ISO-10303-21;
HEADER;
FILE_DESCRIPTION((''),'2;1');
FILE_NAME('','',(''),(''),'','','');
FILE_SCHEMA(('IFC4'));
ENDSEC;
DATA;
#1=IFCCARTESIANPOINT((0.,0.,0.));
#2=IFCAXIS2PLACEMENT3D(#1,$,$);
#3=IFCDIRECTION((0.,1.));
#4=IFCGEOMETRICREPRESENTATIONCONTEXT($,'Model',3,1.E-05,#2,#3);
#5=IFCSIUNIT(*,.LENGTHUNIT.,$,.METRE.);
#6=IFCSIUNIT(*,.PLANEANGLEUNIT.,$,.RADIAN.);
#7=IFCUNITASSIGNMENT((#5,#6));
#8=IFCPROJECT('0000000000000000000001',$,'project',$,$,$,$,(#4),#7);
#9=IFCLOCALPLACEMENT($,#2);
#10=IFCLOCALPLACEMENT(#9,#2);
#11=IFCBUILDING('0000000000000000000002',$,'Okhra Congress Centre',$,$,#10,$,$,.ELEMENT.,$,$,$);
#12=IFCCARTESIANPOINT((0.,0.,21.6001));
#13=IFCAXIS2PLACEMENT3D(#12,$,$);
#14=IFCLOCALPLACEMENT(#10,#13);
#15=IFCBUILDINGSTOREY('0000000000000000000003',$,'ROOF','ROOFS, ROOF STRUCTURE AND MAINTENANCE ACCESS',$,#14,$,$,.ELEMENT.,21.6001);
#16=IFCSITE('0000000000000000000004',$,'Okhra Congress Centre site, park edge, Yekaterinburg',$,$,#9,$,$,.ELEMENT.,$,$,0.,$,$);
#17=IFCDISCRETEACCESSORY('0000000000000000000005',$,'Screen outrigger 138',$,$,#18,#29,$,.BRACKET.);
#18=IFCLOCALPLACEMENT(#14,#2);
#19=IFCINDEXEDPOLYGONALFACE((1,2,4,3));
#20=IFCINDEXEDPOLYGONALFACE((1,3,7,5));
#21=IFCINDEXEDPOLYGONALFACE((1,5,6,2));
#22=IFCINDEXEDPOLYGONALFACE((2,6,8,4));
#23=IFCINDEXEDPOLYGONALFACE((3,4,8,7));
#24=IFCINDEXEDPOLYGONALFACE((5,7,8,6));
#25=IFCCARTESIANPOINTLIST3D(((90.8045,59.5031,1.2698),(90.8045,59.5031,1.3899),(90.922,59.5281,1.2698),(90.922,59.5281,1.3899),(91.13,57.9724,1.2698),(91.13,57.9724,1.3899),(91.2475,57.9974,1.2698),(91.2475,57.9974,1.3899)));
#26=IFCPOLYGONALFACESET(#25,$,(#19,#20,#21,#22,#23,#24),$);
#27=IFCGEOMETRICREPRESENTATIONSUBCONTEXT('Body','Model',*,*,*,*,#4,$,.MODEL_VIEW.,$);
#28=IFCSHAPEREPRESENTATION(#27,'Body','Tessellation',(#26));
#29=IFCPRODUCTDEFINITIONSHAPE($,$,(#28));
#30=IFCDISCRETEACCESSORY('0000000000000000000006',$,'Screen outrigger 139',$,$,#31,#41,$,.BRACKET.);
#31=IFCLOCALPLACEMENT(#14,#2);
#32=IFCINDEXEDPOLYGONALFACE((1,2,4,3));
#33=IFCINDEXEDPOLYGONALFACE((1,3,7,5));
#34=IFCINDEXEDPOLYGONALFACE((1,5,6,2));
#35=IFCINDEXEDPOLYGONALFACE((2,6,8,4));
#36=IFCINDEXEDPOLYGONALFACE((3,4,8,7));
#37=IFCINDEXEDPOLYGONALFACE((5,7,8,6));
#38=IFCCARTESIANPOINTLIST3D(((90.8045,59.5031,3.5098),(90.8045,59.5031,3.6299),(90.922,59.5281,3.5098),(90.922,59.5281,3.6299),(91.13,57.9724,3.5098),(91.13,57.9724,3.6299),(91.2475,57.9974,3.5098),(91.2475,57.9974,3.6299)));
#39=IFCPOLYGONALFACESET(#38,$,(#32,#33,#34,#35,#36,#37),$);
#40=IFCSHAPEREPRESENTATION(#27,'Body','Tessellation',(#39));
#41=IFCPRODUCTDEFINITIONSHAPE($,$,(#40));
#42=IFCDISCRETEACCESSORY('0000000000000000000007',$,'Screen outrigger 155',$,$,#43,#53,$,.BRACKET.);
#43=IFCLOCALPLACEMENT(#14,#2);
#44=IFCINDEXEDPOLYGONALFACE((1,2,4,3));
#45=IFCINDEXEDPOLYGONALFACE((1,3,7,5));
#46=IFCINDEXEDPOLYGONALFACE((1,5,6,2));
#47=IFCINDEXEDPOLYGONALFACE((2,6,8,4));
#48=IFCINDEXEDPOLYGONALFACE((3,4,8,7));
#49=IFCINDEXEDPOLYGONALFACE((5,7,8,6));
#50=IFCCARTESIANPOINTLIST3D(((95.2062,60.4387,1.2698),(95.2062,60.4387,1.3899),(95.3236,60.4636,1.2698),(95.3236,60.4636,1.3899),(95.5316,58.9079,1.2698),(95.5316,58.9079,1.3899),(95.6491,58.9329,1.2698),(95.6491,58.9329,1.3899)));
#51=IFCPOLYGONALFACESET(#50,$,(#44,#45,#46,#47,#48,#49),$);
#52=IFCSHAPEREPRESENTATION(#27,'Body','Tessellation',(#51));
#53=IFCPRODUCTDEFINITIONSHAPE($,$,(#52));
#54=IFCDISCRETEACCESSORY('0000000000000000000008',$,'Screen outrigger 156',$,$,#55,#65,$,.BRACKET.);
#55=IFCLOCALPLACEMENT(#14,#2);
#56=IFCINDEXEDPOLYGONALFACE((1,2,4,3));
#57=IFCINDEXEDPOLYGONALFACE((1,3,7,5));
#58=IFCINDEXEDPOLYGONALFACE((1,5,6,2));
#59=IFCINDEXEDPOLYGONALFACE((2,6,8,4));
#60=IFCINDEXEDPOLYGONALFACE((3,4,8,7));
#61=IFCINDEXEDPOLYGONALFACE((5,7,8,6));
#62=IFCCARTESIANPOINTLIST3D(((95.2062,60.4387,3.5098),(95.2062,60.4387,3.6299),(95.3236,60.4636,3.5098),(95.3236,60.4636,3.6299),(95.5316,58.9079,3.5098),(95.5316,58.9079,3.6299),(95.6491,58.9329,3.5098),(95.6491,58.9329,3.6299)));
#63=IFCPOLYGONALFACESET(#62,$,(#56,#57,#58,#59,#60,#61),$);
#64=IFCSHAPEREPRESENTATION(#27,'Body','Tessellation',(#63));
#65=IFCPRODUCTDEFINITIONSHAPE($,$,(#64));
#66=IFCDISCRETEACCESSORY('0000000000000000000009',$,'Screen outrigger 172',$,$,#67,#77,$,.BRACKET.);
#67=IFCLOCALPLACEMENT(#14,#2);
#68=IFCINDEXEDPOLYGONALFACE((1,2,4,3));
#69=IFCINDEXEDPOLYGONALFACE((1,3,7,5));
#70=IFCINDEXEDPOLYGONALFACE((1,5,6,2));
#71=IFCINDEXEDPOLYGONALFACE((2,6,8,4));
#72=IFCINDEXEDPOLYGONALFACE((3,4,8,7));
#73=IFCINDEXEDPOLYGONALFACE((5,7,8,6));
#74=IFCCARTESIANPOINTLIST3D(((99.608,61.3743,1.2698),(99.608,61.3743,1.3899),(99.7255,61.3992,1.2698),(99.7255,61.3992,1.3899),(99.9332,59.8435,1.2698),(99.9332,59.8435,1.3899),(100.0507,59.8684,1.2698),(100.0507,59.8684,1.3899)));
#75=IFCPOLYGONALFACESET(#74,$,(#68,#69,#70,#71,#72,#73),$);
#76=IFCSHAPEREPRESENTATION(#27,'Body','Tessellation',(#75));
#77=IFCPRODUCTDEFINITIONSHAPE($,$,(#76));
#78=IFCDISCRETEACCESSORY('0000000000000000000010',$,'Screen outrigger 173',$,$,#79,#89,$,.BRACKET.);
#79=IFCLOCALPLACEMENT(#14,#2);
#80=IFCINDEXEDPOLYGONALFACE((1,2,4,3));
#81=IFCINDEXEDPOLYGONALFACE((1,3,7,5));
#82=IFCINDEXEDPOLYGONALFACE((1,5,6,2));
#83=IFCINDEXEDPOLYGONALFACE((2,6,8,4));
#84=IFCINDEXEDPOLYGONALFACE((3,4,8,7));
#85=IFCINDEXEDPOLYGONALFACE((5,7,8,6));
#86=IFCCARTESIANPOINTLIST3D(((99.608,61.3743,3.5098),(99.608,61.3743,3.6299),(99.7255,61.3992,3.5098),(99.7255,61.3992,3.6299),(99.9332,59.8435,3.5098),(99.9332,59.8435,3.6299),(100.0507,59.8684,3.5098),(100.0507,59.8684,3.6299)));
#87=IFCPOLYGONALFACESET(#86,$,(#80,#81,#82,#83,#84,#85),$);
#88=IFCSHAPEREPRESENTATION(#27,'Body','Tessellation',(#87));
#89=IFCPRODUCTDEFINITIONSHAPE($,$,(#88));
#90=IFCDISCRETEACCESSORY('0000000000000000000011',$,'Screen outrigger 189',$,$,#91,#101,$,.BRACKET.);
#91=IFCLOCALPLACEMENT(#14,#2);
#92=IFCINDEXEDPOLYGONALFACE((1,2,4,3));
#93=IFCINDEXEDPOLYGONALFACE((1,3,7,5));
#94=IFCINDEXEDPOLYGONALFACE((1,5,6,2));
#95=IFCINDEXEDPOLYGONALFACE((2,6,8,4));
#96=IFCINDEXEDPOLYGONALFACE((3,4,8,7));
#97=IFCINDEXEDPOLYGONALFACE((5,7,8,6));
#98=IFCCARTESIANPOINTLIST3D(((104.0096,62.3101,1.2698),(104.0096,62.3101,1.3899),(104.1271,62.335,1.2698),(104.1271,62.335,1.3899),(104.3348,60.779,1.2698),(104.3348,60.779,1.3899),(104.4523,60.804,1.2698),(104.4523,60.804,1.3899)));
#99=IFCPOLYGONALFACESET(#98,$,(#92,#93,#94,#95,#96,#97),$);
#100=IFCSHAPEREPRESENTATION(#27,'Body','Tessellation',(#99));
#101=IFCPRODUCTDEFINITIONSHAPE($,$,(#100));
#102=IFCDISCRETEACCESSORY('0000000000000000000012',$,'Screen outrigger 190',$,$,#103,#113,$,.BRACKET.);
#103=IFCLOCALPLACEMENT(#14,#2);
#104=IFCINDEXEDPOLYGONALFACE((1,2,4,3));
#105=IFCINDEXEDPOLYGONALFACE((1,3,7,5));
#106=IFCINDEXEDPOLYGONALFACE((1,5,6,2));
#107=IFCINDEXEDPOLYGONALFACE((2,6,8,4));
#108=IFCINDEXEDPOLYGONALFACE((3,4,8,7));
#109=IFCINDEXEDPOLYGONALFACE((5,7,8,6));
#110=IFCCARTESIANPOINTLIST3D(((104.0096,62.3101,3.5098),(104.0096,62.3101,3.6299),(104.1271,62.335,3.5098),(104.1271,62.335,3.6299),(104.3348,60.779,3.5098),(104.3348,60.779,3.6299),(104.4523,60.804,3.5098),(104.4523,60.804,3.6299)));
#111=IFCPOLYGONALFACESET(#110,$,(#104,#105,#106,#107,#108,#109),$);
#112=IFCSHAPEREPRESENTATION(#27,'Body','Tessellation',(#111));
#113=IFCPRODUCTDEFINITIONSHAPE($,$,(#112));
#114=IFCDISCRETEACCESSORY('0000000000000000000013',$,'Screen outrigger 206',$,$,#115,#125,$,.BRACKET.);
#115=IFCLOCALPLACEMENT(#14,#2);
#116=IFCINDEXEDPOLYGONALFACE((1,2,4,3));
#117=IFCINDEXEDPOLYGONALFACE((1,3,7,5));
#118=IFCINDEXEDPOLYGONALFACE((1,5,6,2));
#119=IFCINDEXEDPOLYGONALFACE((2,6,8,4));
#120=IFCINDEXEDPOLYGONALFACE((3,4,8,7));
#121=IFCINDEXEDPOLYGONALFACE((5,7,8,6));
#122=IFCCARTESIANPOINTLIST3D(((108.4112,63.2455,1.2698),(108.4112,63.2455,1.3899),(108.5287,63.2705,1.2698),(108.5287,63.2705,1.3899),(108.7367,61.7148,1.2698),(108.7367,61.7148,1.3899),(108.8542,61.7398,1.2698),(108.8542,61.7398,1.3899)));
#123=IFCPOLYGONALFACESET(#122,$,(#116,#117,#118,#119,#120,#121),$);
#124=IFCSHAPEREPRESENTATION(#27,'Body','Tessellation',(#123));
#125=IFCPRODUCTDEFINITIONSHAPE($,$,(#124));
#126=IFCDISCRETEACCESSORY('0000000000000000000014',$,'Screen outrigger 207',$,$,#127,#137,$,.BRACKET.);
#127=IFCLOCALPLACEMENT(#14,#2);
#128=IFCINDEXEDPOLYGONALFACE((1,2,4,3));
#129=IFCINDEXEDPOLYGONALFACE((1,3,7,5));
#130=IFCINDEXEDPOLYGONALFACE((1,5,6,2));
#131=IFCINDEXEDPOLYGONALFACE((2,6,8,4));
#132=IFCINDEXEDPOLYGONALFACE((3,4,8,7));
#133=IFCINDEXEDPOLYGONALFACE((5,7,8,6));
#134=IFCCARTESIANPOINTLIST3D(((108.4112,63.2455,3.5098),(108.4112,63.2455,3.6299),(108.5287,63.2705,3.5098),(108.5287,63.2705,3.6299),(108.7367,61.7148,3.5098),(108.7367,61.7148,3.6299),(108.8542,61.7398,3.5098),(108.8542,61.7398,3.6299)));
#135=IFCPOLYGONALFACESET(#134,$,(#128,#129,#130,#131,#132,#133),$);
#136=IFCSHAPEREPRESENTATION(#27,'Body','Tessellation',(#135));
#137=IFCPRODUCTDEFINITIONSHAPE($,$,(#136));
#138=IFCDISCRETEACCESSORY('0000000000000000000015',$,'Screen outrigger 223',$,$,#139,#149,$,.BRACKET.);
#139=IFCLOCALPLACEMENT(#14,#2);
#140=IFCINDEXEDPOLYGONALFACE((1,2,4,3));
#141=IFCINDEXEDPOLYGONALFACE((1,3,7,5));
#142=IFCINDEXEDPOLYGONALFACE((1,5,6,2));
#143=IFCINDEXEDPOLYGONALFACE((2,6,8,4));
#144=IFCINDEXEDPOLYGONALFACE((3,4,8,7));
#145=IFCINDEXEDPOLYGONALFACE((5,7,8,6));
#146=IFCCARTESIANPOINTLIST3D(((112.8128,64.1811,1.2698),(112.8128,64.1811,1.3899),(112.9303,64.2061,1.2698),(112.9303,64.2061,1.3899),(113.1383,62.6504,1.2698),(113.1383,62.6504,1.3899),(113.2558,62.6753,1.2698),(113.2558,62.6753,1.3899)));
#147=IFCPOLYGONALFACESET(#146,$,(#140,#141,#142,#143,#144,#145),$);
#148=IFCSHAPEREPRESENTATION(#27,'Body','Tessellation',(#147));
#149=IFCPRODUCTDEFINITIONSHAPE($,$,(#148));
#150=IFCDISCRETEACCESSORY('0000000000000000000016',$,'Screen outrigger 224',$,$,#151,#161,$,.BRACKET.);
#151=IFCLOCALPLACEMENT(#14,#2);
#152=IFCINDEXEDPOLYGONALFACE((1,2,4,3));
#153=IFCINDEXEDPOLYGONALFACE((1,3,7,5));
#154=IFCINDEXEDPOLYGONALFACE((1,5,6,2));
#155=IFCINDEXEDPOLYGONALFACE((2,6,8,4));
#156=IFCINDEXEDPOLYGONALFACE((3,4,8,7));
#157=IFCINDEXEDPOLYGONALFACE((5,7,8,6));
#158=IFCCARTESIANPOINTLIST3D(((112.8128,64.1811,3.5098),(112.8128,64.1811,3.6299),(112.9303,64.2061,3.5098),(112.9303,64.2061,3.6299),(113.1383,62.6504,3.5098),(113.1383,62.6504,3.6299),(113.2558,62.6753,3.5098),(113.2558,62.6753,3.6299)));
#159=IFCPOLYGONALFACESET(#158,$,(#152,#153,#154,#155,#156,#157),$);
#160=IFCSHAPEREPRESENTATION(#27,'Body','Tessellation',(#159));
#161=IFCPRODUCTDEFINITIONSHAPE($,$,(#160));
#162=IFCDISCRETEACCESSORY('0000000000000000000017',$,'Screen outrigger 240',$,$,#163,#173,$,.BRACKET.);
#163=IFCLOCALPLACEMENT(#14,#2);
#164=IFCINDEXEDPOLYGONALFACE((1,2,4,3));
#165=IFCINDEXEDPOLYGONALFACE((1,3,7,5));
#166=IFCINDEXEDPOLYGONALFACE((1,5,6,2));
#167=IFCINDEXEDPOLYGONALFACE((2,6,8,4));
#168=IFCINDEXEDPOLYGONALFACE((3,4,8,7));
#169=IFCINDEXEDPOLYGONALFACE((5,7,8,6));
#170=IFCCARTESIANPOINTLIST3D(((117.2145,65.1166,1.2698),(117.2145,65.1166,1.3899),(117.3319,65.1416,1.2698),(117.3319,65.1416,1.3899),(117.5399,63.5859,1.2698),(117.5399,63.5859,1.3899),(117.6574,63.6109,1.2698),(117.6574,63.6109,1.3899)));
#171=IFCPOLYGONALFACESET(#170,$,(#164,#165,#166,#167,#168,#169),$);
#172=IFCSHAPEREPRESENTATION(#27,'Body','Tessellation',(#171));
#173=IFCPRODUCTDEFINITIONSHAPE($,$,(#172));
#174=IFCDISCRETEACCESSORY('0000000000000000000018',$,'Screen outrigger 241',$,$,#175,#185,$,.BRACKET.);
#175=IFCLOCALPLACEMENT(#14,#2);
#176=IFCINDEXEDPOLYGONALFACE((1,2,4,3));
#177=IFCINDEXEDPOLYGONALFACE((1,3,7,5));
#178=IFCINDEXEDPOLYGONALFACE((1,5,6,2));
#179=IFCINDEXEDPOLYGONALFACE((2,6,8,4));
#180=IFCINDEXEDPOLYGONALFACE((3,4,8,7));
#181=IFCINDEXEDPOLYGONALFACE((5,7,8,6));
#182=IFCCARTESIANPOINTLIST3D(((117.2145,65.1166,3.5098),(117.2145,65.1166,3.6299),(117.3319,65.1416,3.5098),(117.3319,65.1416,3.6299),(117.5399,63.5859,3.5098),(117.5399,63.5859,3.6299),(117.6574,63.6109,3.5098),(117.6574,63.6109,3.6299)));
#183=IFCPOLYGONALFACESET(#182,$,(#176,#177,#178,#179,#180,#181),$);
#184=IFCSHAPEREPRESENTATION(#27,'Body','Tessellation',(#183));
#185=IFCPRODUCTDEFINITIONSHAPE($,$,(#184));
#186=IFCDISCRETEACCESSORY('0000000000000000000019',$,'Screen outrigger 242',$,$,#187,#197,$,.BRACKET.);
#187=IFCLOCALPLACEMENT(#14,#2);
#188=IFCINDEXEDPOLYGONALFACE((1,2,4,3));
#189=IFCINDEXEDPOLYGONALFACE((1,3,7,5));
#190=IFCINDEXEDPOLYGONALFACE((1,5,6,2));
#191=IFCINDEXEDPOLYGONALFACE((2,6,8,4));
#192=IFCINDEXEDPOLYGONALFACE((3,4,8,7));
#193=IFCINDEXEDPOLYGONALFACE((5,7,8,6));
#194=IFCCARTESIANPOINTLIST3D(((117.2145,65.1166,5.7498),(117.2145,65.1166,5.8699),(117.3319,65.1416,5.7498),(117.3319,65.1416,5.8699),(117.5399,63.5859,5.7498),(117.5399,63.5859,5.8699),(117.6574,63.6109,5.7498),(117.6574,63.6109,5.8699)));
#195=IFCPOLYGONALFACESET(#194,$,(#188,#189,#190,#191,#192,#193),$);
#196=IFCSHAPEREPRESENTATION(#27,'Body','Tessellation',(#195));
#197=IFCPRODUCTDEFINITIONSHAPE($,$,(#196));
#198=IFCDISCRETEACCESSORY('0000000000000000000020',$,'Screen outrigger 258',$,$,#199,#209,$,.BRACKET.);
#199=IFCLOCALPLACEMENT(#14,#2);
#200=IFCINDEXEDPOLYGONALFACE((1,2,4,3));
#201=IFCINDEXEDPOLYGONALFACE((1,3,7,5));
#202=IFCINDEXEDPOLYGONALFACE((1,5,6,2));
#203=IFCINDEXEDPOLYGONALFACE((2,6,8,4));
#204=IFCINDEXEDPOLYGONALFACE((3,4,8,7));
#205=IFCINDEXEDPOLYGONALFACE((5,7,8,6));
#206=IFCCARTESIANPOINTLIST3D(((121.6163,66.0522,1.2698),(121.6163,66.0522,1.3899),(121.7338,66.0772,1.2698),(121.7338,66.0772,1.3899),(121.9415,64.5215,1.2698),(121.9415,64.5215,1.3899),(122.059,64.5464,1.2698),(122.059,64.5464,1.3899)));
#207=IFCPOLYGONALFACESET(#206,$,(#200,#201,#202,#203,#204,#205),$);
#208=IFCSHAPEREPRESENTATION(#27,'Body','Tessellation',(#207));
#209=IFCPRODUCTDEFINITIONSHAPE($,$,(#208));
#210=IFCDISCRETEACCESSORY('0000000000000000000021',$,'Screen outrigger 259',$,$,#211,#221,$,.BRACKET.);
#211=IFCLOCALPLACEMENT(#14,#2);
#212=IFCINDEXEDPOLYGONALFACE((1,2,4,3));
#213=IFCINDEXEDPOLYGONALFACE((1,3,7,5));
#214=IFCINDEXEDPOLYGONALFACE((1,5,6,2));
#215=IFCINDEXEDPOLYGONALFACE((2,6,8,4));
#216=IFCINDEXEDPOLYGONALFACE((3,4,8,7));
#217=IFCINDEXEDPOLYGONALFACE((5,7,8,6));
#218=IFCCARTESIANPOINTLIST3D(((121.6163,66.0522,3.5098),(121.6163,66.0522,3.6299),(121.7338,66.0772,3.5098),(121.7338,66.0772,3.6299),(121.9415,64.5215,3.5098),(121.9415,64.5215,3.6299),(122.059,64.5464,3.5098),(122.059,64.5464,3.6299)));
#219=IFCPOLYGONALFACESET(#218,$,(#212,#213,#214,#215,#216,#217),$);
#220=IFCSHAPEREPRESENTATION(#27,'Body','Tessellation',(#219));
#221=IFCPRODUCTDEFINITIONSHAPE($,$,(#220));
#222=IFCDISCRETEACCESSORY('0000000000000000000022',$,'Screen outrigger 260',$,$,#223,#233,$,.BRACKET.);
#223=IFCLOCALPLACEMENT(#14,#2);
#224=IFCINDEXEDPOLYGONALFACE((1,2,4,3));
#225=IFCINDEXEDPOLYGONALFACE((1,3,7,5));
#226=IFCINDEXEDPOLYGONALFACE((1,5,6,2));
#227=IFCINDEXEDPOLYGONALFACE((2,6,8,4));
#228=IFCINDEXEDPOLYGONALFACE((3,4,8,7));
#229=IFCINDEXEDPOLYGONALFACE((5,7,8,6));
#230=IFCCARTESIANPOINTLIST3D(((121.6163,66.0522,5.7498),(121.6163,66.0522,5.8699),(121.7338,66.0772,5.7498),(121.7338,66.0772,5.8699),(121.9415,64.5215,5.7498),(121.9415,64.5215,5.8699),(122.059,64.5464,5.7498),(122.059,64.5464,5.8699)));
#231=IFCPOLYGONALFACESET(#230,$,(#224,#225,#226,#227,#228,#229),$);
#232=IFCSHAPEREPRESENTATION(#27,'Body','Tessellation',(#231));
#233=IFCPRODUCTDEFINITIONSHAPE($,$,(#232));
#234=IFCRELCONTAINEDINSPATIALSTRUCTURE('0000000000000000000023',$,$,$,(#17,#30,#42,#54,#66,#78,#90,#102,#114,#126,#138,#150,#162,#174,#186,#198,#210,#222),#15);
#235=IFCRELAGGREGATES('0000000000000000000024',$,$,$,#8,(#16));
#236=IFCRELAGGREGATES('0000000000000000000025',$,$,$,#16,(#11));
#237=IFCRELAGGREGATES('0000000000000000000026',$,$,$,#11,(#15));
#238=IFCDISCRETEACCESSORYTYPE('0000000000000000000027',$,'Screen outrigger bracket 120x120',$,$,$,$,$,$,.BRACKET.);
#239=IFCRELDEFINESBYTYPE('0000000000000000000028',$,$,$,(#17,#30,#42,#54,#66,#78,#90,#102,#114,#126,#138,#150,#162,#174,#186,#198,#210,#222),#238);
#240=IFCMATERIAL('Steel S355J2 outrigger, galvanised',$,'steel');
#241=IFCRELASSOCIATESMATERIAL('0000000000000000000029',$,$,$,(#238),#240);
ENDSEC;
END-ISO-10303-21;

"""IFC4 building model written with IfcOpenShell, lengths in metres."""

from ifc_helpers import new_model, si_unit, direction, frame, origin, origin_2d, place, context, subcontext, project, spatial, rectangle, extrude, material, material_profile, profile_set, type_object, element, save


model = new_model("IFC4")

# Units and contexts
model_context = context("Model", 3, precision=1e-05, world=origin(), true_north=direction((0.0, 1.0)))
body_context = subcontext(model_context, "Body", "Model", "MODEL_VIEW")
ifc_project = project(units=[si_unit("LENGTHUNIT", "METRE"), si_unit("PLANEANGLEUNIT", "RADIAN")], contexts=[model_context])

# Site, building, storey
site_placement = place(None, origin())
site = spatial("IfcSite", under=ifc_project, at=site_placement, Name="Okhra Congress Centre site, park edge, Yekaterinburg", CompositionType="ELEMENT", RefElevation=0.0)
building_placement = place(site_placement, origin())
building = spatial("IfcBuilding", under=site, at=building_placement, Name="Okhra Congress Centre", CompositionType="ELEMENT")
storey_placement = place(building_placement, frame((0.0, 0.0, 21.6001)))
storey = spatial("IfcBuildingStorey", under=building, at=storey_placement, Name="ROOF", Description="ROOFS, ROOF STRUCTURE AND MAINTENANCE ACCESS", CompositionType="ELEMENT", Elevation=21.6001)

# Discrete accessories
ifc_material_1 = material(Name="Steel S355J2 outrigger, galvanised", Category="steel")
ifc_material_profile_1 = material_profile(ifc_material_1, rectangle(XDim=0.1201, YDim=0.1201, at=origin_2d()), Name="Screen outrigger bracket 120x120")
ifc_profile_set_1 = profile_set([ifc_material_profile_1], Name="Steel S355J2 outrigger, galvanised")
discrete_accessory_type = type_object("IfcDiscreteAccessoryType", Name="Screen outrigger bracket 120x120", PredefinedType="BRACKET", material=ifc_profile_set_1)
for number, where, z_axis, x_axis, name in (
    (1, (91.1887, 57.9849, 1.3298), (-0.207952, 0.978139, 0.0), (-0.978139, -0.207952, 0.0), "Screen outrigger 138"),
    (2, (91.1887, 57.9849, 3.5698), (-0.207952, 0.978139, 0.0), (-0.978139, -0.207952, 0.0), "Screen outrigger 139"),
    (3, (95.5903, 58.9204, 1.3298), (-0.207952, 0.978139, 0.0), (-0.978139, -0.207952, 0.0), "Screen outrigger 155"),
    (4, (95.5903, 58.9204, 3.5698), (-0.207952, 0.978139, 0.0), (-0.978139, -0.207952, 0.0), "Screen outrigger 156"),
    (5, (99.9919, 59.856, 1.3298), (-0.207803, 0.978171, 0.0), (-0.978171, -0.207803, 0.0), "Screen outrigger 172"),
    (6, (99.9919, 59.856, 3.5698), (-0.207803, 0.978171, 0.0), (-0.978171, -0.207803, 0.0), "Screen outrigger 173"),
):
    element("IfcDiscreteAccessory", number, at=place(storey_placement, frame(where, z_axis=z_axis, x_axis=x_axis)), inside=storey, type_object=discrete_accessory_type, Name=name, PredefinedType="BRACKET", context=body_context, shape_type="SweptSolid", body=[
        extrude(rectangle(XDim=0.1201, YDim=0.1201, at=origin_2d()), origin(), (0.0, 0.0, 1.0), 1.5649),
    ])
for number, where, z_axis, x_axis, name in (
    (7, (104.3936, 60.7915, 1.3298), (-0.207771, 0.978177, 0.0), (-0.978177, -0.207771, 0.0), "Screen outrigger 189"),
    (8, (104.3936, 60.7915, 3.5698), (-0.207771, 0.978177, 0.0), (-0.978177, -0.207771, 0.0), "Screen outrigger 190"),
):
    element("IfcDiscreteAccessory", number, at=place(storey_placement, frame(where, z_axis=z_axis, x_axis=x_axis)), inside=storey, type_object=discrete_accessory_type, Name=name, PredefinedType="BRACKET", context=body_context, shape_type="SweptSolid", body=[
        extrude(rectangle(XDim=0.1201, YDim=0.1201, at=origin_2d()), origin(), (0.0, 0.0, 1.0), 1.5652),
    ])
for number, where, z_axis, x_axis, name in (
    (9, (108.7954, 61.7273, 1.3298), (-0.207952, 0.978139, 0.0), (-0.978139, -0.207952, 0.0), "Screen outrigger 206"),
    (10, (108.7954, 61.7273, 3.5698), (-0.207952, 0.978139, 0.0), (-0.978139, -0.207952, 0.0), "Screen outrigger 207"),
    (11, (113.197, 62.6628, 1.3298), (-0.207952, 0.978139, 0.0), (-0.978139, -0.207952, 0.0), "Screen outrigger 223"),
    (12, (113.197, 62.6628, 3.5698), (-0.207952, 0.978139, 0.0), (-0.978139, -0.207952, 0.0), "Screen outrigger 224"),
    (13, (117.5986, 63.5984, 1.3298), (-0.207952, 0.978139, 0.0), (-0.978139, -0.207952, 0.0), "Screen outrigger 240"),
    (14, (117.5986, 63.5984, 3.5698), (-0.207952, 0.978139, 0.0), (-0.978139, -0.207952, 0.0), "Screen outrigger 241"),
    (15, (117.5986, 63.5984, 5.8098), (-0.207952, 0.978139, 0.0), (-0.978139, -0.207952, 0.0), "Screen outrigger 242"),
    (16, (122.0002, 64.5339, 1.3298), (-0.207803, 0.978171, 0.0), (-0.978171, -0.207803, 0.0), "Screen outrigger 258"),
    (17, (122.0002, 64.5339, 3.5698), (-0.207803, 0.978171, 0.0), (-0.978171, -0.207803, 0.0), "Screen outrigger 259"),
    (18, (122.0002, 64.5339, 5.8098), (-0.207803, 0.978171, 0.0), (-0.978171, -0.207803, 0.0), "Screen outrigger 260"),
):
    element("IfcDiscreteAccessory", number, at=place(storey_placement, frame(where, z_axis=z_axis, x_axis=x_axis)), inside=storey, type_object=discrete_accessory_type, Name=name, PredefinedType="BRACKET", context=body_context, shape_type="SweptSolid", body=[
        extrude(rectangle(XDim=0.1201, YDim=0.1201, at=origin_2d()), origin(), (0.0, 0.0, 1.0), 1.5649),
    ])

save(model, "model.ifc")
